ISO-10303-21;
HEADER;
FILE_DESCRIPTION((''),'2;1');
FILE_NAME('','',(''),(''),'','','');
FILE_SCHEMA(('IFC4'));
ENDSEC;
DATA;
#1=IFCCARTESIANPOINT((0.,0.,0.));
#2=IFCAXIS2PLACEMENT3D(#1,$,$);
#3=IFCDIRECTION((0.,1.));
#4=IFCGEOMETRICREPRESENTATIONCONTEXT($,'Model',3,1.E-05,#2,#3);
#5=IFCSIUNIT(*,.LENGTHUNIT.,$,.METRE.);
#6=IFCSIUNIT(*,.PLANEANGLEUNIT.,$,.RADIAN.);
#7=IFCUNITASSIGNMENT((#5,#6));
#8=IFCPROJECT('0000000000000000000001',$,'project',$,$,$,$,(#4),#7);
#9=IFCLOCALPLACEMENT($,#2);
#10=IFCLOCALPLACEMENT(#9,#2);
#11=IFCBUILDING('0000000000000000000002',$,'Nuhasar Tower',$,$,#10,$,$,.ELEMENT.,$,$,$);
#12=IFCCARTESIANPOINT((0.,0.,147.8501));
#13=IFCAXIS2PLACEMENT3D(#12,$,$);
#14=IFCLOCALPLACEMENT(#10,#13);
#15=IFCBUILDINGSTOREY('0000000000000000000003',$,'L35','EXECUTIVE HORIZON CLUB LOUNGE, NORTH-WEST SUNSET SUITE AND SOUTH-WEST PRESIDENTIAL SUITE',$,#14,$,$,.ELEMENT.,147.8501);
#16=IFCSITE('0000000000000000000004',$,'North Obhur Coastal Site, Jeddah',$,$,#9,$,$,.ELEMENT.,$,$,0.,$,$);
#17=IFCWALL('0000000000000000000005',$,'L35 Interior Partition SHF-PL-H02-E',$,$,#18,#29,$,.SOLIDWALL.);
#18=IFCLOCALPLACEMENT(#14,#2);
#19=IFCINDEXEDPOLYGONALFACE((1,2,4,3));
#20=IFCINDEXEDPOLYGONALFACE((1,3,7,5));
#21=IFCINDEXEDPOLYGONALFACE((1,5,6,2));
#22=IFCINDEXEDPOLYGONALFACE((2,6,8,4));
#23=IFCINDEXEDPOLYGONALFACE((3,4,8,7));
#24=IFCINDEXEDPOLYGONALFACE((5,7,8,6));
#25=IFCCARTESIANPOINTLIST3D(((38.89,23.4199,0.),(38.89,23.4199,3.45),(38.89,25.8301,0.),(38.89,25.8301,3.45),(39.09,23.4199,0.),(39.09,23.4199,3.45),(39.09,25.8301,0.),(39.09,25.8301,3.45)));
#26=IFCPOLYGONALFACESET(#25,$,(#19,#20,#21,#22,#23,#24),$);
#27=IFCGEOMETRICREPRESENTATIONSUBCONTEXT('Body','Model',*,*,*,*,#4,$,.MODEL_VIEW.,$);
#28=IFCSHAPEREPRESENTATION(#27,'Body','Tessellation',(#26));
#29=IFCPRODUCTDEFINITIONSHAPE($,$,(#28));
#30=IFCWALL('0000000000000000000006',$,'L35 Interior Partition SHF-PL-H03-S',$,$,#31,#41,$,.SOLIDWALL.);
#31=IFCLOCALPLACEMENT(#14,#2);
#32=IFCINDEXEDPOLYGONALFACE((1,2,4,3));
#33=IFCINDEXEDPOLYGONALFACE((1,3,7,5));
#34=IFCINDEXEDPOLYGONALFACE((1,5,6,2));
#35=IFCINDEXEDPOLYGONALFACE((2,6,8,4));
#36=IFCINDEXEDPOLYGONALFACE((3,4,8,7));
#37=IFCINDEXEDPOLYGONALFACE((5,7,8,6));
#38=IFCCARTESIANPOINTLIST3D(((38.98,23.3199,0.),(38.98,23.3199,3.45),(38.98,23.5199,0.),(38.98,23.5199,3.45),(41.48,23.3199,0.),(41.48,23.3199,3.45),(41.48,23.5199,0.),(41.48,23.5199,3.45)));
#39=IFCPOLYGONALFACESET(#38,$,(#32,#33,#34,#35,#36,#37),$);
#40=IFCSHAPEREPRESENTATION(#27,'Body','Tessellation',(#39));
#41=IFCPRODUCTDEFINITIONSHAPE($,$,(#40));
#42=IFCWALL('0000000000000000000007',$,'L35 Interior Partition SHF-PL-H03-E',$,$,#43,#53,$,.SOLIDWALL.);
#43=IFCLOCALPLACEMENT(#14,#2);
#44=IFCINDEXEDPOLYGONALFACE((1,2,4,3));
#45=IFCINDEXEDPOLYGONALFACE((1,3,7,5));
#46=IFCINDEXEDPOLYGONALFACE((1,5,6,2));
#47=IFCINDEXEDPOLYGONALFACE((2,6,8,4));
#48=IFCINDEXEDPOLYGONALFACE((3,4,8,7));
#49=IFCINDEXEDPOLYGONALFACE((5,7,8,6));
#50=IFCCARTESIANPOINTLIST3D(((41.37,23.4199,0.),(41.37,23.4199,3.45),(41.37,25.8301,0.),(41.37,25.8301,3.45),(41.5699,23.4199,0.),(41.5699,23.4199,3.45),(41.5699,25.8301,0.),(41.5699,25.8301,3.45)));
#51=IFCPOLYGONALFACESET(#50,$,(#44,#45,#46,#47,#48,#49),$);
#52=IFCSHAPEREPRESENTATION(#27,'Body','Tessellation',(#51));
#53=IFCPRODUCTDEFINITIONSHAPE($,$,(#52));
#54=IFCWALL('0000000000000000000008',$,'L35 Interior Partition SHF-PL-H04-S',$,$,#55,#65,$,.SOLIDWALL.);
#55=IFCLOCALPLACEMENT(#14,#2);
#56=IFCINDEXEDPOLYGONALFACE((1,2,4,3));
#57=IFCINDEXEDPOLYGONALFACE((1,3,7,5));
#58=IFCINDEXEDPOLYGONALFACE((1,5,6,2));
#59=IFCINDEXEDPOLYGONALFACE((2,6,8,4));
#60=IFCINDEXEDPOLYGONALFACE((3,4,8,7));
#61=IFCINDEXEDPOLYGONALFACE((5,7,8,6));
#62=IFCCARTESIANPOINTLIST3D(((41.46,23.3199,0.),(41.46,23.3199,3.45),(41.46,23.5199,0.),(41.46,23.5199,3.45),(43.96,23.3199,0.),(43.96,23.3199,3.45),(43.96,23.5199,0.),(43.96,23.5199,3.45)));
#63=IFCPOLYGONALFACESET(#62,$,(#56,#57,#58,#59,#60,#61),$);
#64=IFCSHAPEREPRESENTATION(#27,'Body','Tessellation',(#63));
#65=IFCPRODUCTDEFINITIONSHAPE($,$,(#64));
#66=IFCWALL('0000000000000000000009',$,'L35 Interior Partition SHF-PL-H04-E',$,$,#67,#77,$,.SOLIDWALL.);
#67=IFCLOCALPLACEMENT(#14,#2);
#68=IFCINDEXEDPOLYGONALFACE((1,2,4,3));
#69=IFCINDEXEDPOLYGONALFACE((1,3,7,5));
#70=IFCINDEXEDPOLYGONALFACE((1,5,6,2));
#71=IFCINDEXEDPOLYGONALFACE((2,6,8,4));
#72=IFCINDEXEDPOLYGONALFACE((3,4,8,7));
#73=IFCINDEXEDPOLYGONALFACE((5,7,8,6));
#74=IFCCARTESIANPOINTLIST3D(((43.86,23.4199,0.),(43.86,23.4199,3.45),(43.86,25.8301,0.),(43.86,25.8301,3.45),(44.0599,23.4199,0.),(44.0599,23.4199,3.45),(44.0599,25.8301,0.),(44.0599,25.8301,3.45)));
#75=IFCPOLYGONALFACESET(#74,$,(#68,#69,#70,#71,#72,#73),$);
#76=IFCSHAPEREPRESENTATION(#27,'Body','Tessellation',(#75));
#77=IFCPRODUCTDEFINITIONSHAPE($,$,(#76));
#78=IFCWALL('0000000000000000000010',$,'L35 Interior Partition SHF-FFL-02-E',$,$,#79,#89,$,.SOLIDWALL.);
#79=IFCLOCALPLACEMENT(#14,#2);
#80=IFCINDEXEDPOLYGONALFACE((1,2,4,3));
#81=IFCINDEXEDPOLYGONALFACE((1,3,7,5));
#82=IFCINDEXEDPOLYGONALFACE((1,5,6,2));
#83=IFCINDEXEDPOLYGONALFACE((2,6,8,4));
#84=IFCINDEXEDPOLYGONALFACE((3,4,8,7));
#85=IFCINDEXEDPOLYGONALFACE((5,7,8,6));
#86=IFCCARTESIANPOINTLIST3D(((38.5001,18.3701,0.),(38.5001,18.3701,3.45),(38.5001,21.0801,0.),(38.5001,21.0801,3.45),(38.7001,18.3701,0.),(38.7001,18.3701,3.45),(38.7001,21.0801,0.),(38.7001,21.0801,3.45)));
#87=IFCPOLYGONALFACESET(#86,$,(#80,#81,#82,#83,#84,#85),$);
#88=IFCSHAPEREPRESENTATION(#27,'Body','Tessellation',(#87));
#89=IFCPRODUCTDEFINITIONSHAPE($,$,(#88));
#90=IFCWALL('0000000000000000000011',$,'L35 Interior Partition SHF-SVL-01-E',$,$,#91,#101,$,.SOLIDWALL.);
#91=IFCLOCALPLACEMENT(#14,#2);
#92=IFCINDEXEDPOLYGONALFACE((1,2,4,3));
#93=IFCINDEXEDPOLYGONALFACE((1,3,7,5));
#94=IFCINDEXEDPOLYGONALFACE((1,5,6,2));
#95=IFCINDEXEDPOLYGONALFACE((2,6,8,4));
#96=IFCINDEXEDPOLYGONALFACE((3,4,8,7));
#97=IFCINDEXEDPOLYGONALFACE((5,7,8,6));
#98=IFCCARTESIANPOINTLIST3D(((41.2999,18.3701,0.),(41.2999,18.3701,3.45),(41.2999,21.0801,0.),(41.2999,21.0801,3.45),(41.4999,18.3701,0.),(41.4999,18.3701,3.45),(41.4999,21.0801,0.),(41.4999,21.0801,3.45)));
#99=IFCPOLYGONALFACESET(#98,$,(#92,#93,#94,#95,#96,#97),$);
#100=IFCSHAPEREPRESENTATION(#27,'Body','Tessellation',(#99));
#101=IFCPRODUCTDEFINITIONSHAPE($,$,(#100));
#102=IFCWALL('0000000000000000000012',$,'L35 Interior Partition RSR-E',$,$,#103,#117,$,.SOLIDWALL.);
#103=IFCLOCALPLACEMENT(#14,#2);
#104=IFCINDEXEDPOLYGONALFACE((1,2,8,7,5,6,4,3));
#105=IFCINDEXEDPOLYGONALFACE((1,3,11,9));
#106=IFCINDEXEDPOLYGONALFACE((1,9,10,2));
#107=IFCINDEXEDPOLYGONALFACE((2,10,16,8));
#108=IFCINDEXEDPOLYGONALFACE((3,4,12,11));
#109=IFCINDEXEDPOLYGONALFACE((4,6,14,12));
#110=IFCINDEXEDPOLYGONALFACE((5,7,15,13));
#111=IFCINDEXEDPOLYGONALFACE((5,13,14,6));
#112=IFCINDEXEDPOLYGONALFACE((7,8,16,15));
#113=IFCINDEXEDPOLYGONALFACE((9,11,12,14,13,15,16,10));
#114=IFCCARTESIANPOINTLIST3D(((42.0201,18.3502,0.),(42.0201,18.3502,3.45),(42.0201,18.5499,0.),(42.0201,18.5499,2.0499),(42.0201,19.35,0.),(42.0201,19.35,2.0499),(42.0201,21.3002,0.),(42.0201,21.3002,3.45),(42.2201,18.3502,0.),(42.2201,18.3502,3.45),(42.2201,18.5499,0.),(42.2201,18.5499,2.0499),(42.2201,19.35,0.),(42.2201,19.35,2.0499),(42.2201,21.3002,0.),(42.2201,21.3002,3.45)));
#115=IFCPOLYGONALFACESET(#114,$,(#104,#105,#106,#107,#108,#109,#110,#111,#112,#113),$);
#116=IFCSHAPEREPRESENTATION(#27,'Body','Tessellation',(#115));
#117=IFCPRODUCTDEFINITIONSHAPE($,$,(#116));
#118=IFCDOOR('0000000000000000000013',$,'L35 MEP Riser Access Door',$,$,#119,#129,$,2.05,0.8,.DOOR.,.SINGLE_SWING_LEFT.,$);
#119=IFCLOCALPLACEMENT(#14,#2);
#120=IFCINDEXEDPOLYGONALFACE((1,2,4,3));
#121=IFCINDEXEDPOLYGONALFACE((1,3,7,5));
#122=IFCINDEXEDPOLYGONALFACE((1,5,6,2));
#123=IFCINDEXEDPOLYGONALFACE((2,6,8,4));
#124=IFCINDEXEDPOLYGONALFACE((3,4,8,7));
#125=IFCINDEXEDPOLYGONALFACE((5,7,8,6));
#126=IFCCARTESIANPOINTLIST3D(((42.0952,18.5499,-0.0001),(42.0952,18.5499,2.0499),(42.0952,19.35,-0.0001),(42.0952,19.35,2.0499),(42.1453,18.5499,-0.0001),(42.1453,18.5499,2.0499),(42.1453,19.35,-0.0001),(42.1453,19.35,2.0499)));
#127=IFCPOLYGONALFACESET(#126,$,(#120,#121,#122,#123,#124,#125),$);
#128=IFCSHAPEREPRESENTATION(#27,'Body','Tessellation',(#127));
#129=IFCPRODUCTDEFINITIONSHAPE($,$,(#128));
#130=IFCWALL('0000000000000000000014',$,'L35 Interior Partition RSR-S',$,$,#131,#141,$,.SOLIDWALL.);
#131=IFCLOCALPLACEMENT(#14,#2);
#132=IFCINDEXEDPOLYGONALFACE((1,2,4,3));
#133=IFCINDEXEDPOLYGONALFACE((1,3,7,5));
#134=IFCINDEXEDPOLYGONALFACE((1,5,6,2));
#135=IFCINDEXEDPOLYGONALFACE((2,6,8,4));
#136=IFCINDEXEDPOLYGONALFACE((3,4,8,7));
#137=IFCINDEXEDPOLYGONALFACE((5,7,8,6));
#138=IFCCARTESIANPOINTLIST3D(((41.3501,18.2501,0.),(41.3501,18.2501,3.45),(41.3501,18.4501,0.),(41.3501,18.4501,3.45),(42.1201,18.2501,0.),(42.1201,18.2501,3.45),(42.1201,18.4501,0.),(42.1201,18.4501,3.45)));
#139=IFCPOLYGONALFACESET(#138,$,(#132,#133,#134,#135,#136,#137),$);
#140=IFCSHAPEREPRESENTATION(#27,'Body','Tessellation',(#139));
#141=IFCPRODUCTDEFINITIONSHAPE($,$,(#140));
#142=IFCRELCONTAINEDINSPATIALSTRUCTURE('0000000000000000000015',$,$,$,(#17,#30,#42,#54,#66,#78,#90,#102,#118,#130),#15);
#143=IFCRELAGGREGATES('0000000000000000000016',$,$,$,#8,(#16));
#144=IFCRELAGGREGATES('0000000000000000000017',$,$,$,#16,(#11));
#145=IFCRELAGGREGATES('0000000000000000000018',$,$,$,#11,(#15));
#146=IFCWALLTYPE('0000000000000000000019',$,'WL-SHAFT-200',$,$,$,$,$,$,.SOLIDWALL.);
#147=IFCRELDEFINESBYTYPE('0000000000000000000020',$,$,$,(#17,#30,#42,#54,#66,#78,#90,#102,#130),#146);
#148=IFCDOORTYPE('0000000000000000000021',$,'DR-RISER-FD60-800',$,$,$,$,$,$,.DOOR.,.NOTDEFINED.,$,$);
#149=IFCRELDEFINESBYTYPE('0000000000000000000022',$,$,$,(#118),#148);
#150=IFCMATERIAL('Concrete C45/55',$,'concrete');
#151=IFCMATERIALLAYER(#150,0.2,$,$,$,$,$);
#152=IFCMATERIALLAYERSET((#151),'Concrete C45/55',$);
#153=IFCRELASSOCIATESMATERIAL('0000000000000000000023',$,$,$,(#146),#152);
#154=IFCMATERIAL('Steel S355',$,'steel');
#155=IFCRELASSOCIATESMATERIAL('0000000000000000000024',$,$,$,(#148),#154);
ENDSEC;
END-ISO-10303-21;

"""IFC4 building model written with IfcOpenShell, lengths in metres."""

from ifc_helpers import new_model, si_unit, direction, frame, frame_2d, origin, place, context, subcontext, project, spatial, rectangle, extrude, material, layer, layer_set, type_object, element, fill, save


model = new_model("IFC4")

# Units and contexts
model_context = context("Model", 3, precision=1e-05, world=origin(), true_north=direction((0.0, 1.0)))
body_context = subcontext(model_context, "Body", "Model", "MODEL_VIEW")
ifc_project = project(units=[si_unit("LENGTHUNIT", "METRE"), si_unit("PLANEANGLEUNIT", "RADIAN")], contexts=[model_context])

# Site, building, storey
site_placement = place(None, origin())
site = spatial("IfcSite", under=ifc_project, at=site_placement, Name="North Obhur Coastal Site, Jeddah", CompositionType="ELEMENT", RefElevation=0.0)
building_placement = place(site_placement, origin())
building = spatial("IfcBuilding", under=site, at=building_placement, Name="Nuhasar Tower", CompositionType="ELEMENT")
storey_placement = place(building_placement, frame((0.0, 0.0, 147.8501)))
storey = spatial("IfcBuildingStorey", under=building, at=storey_placement, Name="L35", Description="EXECUTIVE HORIZON CLUB LOUNGE, NORTH-WEST SUNSET SUITE AND SOUTH-WEST PRESIDENTIAL SUITE", CompositionType="ELEMENT", Elevation=147.8501)

# Shared definitions
ifc_material_1 = material(Name="Steel S355", Category="steel")

# Shared definitions
ifc_material_2 = material(Name="Concrete C45/55", Category="concrete")

# Shared definitions
ifc_layer_1 = layer(ifc_material_2, 0.2)
ifc_layer_set_1 = layer_set([ifc_layer_1], Name="Concrete C45/55")
wall_type_1 = type_object("IfcWallType", Name="WL-SHAFT-200", PredefinedType="SOLIDWALL", material=ifc_layer_set_1)

# Walls
wall_1_placement = place(storey_placement, frame((38.99, 23.4199, 0.0), z_axis=(0.0, 0.0, 1.0), x_axis=(0.0, 1.0, 0.0)))
element("IfcWall", 1, at=wall_1_placement, inside=storey, type_object=wall_type_1, Name="L35 Interior Partition SHF-PL-H02-E", PredefinedType="SOLIDWALL", context=body_context, shape_type="SweptSolid", body=[
    extrude(rectangle(XDim=2.4102, YDim=0.2, at=frame_2d((1.2051, 0.0))), origin(), (0.0, 0.0, 1.0), 3.45),
])
wall_2_placement = place(storey_placement, frame((38.98, 23.4199, 0.0), z_axis=(0.0, 0.0, 1.0), x_axis=(1.0, 0.0, 0.0)))
element("IfcWall", 2, at=wall_2_placement, inside=storey, type_object=wall_type_1, Name="L35 Interior Partition SHF-PL-H03-S", PredefinedType="SOLIDWALL", context=body_context, shape_type="SweptSolid", body=[
    extrude(rectangle(XDim=2.5, YDim=0.2, at=frame_2d((1.25, 0.0))), origin(), (0.0, 0.0, 1.0), 3.45),
])
wall_3_placement = place(storey_placement, frame((41.47, 23.4199, 0.0), z_axis=(0.0, 0.0, 1.0), x_axis=(0.0, 1.0, 0.0)))
element("IfcWall", 3, at=wall_3_placement, inside=storey, type_object=wall_type_1, Name="L35 Interior Partition SHF-PL-H03-E", PredefinedType="SOLIDWALL", context=body_context, shape_type="SweptSolid", body=[
    extrude(rectangle(XDim=2.4102, YDim=0.2, at=frame_2d((1.2051, 0.0))), origin(), (0.0, 0.0, 1.0), 3.45),
])
wall_4_placement = place(storey_placement, frame((41.46, 23.4199, 0.0), z_axis=(0.0, 0.0, 1.0), x_axis=(1.0, 0.0, 0.0)))
element("IfcWall", 4, at=wall_4_placement, inside=storey, type_object=wall_type_1, Name="L35 Interior Partition SHF-PL-H04-S", PredefinedType="SOLIDWALL", context=body_context, shape_type="SweptSolid", body=[
    extrude(rectangle(XDim=2.5, YDim=0.2, at=frame_2d((1.25, 0.0))), origin(), (0.0, 0.0, 1.0), 3.45),
])
wall_5_placement = place(storey_placement, frame((43.96, 23.4199, 0.0), z_axis=(0.0, 0.0, 1.0), x_axis=(0.0, 1.0, 0.0)))
element("IfcWall", 5, at=wall_5_placement, inside=storey, type_object=wall_type_1, Name="L35 Interior Partition SHF-PL-H04-E", PredefinedType="SOLIDWALL", context=body_context, shape_type="SweptSolid", body=[
    extrude(rectangle(XDim=2.4102, YDim=0.2, at=frame_2d((1.2051, 0.0))), origin(), (0.0, 0.0, 1.0), 3.45),
])
for number, where, z_axis, x_axis, name in (
    (6, (38.6001, 18.3701, 0.0), (0.0, 0.0, 1.0), (0.0, 1.0, 0.0), "L35 Interior Partition SHF-FFL-02-E"),
    (7, (41.3999, 18.3701, 0.0), (0.0, 0.0, 1.0), (0.0, 1.0, 0.0), "L35 Interior Partition SHF-SVL-01-E"),
):
    element("IfcWall", number, at=place(storey_placement, frame(where, z_axis=z_axis, x_axis=x_axis)), inside=storey, type_object=wall_type_1, Name=name, PredefinedType="SOLIDWALL", context=body_context, shape_type="SweptSolid", body=[
        extrude(rectangle(XDim=2.71, YDim=0.2, at=frame_2d((1.355, 0.0))), origin(), (0.0, 0.0, 1.0), 3.45),
    ])

# Wall, opening, door
wall_6_placement = place(storey_placement, frame((42.1201, 18.3501, 0.0), z_axis=(0.0, 0.0, 1.0), x_axis=(0.0, 1.0, 0.0)))
wall_6 = element("IfcWall", 8, at=wall_6_placement, inside=storey, type_object=wall_type_1, Name="L35 Interior Partition RSR-E", PredefinedType="SOLIDWALL", context=body_context, shape_type="SweptSolid", body=[
    extrude(rectangle(XDim=2.95, YDim=0.2, at=frame_2d((1.4751, 0.0))), origin(), (0.0, 0.0, 1.0), 3.45),
])
opening_1_placement = place(wall_6_placement, frame((0.2, 0.0, 0.0)))
opening_1 = element("IfcOpeningElement", 9, at=opening_1_placement, cuts=wall_6, PredefinedType="OPENING", context=body_context, shape_type="SweptSolid", body=[
    extrude(rectangle(XDim=0.8, YDim=2.05, at=frame_2d((0.3999, 1.0249))), frame((0.0, 0.1099, 0.0), z_axis=(0.0, -1.0, 0.0), x_axis=(1.0, 0.0, 0.0)), (0.0, 0.0, 1.0), 0.22),
])
door_type_1 = type_object("IfcDoorType", Name="DR-RISER-FD60-800", OperationType="NOTDEFINED", PredefinedType="DOOR", material=ifc_material_1)
door_1_placement = place(opening_1_placement, origin())
door_1 = element("IfcDoor", 10, at=door_1_placement, inside=storey, type_object=door_type_1, Name="L35 MEP Riser Access Door", OperationType="SINGLE_SWING_LEFT", OverallHeight=2.05, OverallWidth=0.8, PredefinedType="DOOR", context=body_context, shape_type="SweptSolid", body=[
    extrude(rectangle(XDim=0.8, YDim=2.05, at=frame_2d((0.3999, 1.0249))), frame((0.0, 0.0249, 0.0), z_axis=(0.0, -1.0, 0.0), x_axis=(1.0, 0.0, 0.0)), (0.0, 0.0, 1.0), 0.05),
])
fill(opening_1, door_1)

# Wall
wall_7_placement = place(storey_placement, frame((41.3501, 18.3501, 0.0), z_axis=(0.0, 0.0, 1.0), x_axis=(1.0, 0.0, 0.0)))
element("IfcWall", 11, at=wall_7_placement, inside=storey, type_object=wall_type_1, Name="L35 Interior Partition RSR-S", PredefinedType="SOLIDWALL", context=body_context, shape_type="SweptSolid", body=[
    extrude(rectangle(XDim=0.77, YDim=0.2, at=frame_2d((0.385, 0.0))), origin(), (0.0, 0.0, 1.0), 3.45),
])

save(model, "model.ifc")
